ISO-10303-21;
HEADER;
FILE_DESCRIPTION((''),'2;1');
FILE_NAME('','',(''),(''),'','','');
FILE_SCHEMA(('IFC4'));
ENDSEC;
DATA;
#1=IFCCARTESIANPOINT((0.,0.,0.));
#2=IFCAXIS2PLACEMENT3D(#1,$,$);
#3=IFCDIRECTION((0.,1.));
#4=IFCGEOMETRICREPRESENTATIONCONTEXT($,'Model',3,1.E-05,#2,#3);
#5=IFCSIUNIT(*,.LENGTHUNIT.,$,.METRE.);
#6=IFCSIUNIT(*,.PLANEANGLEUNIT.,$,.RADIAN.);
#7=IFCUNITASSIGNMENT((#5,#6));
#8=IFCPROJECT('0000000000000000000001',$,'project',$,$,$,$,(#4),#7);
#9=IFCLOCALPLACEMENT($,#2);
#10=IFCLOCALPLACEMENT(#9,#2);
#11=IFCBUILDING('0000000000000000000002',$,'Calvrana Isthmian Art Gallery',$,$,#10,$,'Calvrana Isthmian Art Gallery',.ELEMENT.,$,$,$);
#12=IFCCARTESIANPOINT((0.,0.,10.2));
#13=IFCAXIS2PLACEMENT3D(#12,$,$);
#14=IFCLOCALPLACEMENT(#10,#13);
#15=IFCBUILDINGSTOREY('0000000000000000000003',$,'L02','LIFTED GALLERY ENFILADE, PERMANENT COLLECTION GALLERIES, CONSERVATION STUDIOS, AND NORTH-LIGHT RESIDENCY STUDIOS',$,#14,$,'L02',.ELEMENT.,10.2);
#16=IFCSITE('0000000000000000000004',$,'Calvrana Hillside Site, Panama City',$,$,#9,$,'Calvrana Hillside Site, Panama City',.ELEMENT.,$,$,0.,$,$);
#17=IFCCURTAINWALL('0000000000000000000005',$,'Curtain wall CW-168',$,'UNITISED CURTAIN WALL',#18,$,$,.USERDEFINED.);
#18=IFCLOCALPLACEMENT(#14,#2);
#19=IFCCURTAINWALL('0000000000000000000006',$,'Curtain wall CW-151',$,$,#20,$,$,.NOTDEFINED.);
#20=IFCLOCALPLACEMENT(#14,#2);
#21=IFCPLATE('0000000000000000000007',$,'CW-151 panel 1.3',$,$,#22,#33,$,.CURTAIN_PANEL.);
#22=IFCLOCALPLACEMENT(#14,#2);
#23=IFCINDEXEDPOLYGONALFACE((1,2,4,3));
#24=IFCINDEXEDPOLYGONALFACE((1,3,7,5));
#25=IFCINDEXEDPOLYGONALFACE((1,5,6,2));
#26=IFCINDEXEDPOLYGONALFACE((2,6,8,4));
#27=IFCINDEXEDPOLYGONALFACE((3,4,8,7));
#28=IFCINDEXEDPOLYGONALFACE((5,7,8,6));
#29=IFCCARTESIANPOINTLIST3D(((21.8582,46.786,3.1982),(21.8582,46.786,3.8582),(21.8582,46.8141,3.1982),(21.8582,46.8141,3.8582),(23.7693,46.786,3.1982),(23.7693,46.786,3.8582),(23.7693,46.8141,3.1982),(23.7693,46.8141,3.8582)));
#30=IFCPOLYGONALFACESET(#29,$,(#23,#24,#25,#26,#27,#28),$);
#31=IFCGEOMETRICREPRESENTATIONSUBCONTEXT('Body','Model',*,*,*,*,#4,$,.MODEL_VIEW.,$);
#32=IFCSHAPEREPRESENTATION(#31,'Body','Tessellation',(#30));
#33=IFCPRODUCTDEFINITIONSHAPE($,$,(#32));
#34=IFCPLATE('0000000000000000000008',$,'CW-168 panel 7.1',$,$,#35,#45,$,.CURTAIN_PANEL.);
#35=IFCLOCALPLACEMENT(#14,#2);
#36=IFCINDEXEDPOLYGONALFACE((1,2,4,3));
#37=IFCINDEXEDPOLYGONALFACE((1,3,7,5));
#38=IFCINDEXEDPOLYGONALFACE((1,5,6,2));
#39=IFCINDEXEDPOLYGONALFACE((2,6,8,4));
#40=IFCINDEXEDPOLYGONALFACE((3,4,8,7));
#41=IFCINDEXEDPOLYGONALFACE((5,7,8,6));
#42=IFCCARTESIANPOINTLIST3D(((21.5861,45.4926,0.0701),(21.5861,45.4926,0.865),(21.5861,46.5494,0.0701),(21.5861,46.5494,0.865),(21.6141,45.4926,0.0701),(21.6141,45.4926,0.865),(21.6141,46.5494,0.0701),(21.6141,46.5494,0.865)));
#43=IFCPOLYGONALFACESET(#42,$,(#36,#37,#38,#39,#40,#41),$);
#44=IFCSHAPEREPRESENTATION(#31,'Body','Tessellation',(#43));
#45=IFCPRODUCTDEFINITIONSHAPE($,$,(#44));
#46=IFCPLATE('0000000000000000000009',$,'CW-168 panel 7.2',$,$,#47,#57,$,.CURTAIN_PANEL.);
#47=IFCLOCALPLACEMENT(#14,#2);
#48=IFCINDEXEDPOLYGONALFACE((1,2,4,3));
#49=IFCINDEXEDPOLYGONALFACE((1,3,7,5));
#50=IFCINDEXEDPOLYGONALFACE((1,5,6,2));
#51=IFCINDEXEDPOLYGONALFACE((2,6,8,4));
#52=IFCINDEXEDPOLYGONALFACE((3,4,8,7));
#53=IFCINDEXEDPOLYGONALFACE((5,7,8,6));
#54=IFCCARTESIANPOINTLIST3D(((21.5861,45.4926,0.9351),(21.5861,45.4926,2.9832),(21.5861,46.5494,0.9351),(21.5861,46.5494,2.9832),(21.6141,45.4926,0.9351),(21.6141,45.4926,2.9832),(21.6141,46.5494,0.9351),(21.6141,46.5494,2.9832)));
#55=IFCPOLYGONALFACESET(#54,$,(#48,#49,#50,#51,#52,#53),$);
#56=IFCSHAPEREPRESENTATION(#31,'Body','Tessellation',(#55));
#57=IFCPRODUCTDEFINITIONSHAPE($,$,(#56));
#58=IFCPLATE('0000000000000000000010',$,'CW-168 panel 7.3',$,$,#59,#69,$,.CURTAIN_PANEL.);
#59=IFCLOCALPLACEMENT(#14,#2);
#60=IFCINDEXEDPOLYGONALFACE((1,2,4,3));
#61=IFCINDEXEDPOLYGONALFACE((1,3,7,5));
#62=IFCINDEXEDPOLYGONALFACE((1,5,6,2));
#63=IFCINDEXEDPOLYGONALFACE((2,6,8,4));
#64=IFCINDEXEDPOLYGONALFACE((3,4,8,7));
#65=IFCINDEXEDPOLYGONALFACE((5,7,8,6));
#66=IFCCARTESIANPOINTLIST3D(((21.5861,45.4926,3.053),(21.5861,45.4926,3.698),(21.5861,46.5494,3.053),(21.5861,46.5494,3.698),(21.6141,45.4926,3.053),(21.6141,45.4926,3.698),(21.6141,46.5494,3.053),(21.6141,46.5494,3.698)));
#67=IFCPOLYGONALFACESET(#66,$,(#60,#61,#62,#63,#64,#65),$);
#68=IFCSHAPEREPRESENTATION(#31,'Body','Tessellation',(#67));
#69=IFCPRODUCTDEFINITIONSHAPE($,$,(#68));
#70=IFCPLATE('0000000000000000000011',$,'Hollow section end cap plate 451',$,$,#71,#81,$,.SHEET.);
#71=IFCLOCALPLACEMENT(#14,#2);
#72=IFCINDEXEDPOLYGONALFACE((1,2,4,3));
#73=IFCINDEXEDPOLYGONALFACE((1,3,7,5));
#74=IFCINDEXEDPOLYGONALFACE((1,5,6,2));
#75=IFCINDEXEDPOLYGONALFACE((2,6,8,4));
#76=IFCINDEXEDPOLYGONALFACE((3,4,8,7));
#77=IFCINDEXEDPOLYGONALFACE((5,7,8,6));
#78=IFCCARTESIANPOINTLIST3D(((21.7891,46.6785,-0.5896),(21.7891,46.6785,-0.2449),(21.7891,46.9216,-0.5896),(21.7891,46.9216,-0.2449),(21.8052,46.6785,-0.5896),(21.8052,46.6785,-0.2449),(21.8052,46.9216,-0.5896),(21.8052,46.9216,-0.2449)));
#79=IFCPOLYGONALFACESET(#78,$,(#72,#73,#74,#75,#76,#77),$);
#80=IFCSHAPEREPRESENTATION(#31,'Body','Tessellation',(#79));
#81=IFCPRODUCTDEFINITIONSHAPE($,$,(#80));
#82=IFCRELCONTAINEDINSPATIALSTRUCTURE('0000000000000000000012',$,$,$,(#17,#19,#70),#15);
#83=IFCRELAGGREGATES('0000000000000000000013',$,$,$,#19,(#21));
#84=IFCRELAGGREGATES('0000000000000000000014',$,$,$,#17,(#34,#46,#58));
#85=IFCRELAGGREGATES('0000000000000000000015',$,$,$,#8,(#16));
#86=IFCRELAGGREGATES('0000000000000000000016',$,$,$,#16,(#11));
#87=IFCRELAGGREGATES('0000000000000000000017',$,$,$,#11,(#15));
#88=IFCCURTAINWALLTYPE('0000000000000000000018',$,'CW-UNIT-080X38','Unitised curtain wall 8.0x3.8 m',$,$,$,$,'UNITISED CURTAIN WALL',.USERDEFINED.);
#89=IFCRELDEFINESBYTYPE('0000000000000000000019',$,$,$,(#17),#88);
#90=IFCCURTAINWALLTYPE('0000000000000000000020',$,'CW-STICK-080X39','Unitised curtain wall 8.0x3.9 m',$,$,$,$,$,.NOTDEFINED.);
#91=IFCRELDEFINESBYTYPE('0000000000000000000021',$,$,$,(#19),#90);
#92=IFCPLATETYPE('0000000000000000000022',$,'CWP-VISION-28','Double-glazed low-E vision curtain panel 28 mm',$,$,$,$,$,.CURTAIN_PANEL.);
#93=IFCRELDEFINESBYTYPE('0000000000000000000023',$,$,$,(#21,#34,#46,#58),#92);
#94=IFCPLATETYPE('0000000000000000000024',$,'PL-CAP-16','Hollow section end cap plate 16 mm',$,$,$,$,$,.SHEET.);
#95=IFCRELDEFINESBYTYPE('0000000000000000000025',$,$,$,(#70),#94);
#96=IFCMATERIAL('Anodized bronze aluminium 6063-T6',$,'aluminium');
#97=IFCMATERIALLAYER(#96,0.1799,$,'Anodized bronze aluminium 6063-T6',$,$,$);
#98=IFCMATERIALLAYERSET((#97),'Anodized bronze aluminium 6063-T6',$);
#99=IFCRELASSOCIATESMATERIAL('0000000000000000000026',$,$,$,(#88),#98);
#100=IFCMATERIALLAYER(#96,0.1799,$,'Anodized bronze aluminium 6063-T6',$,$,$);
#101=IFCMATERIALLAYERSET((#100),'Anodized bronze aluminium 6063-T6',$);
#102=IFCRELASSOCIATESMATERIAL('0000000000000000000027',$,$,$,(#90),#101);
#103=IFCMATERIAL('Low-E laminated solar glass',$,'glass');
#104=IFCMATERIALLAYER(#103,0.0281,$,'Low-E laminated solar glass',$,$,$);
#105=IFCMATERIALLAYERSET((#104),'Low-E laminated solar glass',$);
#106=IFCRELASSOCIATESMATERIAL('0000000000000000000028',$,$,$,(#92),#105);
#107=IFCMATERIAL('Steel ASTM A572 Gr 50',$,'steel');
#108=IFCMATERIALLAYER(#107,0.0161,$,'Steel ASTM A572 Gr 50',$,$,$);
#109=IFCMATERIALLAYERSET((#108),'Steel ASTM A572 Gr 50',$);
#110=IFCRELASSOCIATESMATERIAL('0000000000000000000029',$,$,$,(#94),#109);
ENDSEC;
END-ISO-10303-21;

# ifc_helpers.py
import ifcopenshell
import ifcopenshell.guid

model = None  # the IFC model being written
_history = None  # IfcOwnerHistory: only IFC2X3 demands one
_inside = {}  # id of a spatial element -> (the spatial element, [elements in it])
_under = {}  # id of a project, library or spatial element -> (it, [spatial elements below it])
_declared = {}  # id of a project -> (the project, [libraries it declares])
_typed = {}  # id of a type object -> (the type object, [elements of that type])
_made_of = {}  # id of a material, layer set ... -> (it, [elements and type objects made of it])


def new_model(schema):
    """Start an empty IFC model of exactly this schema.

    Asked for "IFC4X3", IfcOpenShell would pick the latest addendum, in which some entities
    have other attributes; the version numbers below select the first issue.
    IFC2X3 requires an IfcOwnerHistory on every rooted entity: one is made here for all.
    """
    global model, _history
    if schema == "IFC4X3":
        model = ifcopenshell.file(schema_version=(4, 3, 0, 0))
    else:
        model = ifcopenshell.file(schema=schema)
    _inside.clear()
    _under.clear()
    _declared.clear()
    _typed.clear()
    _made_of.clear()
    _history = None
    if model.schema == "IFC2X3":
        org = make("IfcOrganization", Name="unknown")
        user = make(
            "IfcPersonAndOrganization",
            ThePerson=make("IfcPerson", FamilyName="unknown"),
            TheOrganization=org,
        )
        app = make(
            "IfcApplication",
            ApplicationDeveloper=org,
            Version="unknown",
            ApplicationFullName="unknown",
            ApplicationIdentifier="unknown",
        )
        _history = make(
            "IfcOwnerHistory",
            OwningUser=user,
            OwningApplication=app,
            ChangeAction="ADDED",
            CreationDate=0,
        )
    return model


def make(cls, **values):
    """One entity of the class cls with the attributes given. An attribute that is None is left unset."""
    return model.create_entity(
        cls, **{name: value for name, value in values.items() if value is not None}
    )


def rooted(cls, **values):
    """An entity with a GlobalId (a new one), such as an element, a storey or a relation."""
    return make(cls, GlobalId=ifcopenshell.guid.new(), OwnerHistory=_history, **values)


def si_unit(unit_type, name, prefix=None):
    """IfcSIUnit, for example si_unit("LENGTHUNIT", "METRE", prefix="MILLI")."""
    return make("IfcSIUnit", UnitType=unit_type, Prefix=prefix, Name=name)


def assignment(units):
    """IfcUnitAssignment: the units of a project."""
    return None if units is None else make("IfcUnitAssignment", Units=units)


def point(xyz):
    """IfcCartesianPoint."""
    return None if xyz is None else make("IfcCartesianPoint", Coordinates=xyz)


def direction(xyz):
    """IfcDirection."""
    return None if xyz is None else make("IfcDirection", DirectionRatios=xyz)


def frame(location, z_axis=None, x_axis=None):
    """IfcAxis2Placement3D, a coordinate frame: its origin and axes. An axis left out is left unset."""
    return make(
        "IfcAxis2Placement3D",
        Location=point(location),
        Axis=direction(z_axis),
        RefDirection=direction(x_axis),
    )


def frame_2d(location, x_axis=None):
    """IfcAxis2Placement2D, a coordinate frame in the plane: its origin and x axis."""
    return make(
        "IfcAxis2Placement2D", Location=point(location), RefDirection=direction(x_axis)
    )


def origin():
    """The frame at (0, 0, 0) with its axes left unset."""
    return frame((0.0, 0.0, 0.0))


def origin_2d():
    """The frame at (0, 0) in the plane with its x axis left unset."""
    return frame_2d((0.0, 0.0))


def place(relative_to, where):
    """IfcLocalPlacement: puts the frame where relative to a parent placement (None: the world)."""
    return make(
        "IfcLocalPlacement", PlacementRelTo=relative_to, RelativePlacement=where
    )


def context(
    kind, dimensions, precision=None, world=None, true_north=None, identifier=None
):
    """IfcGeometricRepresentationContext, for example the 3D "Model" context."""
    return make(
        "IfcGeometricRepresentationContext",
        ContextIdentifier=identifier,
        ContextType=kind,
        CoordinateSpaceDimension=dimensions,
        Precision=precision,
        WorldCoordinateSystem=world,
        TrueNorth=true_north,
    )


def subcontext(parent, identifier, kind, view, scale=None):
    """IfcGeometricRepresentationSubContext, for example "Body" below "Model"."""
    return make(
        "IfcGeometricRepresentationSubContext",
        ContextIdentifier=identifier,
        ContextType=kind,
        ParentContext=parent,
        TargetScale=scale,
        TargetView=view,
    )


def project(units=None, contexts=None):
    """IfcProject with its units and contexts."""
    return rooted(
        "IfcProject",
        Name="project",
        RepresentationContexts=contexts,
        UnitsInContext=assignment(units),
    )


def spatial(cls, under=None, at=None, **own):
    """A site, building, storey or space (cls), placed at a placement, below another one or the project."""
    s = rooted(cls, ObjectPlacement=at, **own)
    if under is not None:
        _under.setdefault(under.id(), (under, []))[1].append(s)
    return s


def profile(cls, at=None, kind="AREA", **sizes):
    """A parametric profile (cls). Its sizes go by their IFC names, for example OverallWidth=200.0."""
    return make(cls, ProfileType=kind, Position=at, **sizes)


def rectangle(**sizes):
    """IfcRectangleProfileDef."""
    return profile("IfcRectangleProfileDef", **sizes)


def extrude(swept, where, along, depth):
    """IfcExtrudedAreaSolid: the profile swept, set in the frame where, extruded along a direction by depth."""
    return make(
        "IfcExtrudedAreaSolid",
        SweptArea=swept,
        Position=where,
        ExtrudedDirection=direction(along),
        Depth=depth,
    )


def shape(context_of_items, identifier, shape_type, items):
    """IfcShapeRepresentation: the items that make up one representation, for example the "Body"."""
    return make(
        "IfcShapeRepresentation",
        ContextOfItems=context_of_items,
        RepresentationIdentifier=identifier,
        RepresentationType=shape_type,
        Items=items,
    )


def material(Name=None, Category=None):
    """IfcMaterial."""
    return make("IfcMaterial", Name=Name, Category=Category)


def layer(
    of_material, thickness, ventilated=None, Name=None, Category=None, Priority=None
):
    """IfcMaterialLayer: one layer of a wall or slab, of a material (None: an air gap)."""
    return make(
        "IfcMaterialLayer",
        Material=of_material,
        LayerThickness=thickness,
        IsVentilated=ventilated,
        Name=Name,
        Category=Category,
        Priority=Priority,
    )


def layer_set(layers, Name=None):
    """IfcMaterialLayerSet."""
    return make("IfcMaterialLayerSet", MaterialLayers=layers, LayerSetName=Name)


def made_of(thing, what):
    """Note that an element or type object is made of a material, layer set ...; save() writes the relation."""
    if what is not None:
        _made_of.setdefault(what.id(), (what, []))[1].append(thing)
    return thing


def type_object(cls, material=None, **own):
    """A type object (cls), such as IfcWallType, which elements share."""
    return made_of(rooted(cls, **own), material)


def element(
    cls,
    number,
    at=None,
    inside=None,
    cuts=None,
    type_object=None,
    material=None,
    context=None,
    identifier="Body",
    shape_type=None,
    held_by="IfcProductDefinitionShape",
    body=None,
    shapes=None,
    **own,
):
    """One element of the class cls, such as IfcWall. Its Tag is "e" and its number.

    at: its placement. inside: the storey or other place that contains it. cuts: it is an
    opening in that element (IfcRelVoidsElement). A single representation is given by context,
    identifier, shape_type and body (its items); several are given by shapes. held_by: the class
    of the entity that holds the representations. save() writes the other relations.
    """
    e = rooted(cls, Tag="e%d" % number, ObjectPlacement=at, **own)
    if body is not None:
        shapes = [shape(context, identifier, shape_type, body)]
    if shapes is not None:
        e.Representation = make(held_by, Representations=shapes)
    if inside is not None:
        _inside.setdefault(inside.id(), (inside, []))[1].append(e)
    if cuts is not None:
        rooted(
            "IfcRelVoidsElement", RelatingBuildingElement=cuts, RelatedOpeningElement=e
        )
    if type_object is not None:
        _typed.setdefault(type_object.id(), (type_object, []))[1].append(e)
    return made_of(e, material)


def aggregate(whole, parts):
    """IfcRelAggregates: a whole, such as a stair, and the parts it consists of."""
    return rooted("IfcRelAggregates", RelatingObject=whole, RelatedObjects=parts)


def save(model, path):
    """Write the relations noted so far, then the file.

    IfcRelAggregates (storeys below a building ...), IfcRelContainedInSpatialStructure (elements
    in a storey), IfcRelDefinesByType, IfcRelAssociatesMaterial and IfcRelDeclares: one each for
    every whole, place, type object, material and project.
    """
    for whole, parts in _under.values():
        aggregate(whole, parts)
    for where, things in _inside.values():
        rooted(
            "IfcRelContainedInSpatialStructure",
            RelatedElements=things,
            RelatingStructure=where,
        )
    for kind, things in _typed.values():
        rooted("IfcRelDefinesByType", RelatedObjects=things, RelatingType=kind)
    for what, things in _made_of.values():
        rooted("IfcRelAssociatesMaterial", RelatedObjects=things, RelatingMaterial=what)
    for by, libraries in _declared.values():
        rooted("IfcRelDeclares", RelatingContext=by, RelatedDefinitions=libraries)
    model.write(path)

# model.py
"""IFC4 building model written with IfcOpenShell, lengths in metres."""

from ifc_helpers import new_model, si_unit, direction, frame, origin, origin_2d, place, context, subcontext, project, spatial, rectangle, extrude, material, layer, layer_set, type_object, element, aggregate, save


model = new_model("IFC4")

# Units and contexts
model_context = context("Model", 3, precision=1e-05, world=origin(), true_north=direction((0.0, 1.0)))
body_context = subcontext(model_context, "Body", "Model", "MODEL_VIEW")
ifc_project = project(units=[si_unit("LENGTHUNIT", "METRE"), si_unit("PLANEANGLEUNIT", "RADIAN")], contexts=[model_context])

# Site, building, storey
site_placement = place(None, origin())
site = spatial("IfcSite", under=ifc_project, at=site_placement, Name="Calvrana Hillside Site, Panama City", LongName="Calvrana Hillside Site, Panama City", CompositionType="ELEMENT", RefElevation=0.0)
building_placement = place(site_placement, origin())
building = spatial("IfcBuilding", under=site, at=building_placement, Name="Calvrana Isthmian Art Gallery", LongName="Calvrana Isthmian Art Gallery", CompositionType="ELEMENT")
storey_placement = place(building_placement, frame((0.0, 0.0, 10.2)))
storey = spatial("IfcBuildingStorey", under=building, at=storey_placement, Name="L02", Description="LIFTED GALLERY ENFILADE, PERMANENT COLLECTION GALLERIES, CONSERVATION STUDIOS, AND NORTH-LIGHT RESIDENCY STUDIOS", LongName="L02", CompositionType="ELEMENT", Elevation=10.2)

# Curtain walls
ifc_material_1 = material(Name="Anodized bronze aluminium 6063-T6", Category="aluminium")
ifc_layer_1 = layer(ifc_material_1, 0.1799, Name="Anodized bronze aluminium 6063-T6")
ifc_layer_set_1 = layer_set([ifc_layer_1], Name="Anodized bronze aluminium 6063-T6")
curtain_wall_type_1 = type_object("IfcCurtainWallType", Name="CW-UNIT-080X38", Description="Unitised curtain wall 8.0x3.8 m", ElementType="UNITISED CURTAIN WALL", PredefinedType="USERDEFINED", material=ifc_layer_set_1)
curtain_wall_1_placement = place(storey_placement, origin())
curtain_wall_1 = element("IfcCurtainWall", 1, at=curtain_wall_1_placement, inside=storey, type_object=curtain_wall_type_1, Name="Curtain wall CW-168", ObjectType="UNITISED CURTAIN WALL", PredefinedType="USERDEFINED")
ifc_layer_2 = layer(ifc_material_1, 0.1799, Name="Anodized bronze aluminium 6063-T6")
ifc_layer_set_2 = layer_set([ifc_layer_2], Name="Anodized bronze aluminium 6063-T6")
curtain_wall_type_2 = type_object("IfcCurtainWallType", Name="CW-STICK-080X39", Description="Unitised curtain wall 8.0x3.9 m", PredefinedType="NOTDEFINED", material=ifc_layer_set_2)
curtain_wall_2_placement = place(storey_placement, origin())
curtain_wall_2 = element("IfcCurtainWall", 2, at=curtain_wall_2_placement, inside=storey, type_object=curtain_wall_type_2, Name="Curtain wall CW-151", PredefinedType="NOTDEFINED")

# Plates
ifc_material_2 = material(Name="Low-E laminated solar glass", Category="glass")
ifc_layer_3 = layer(ifc_material_2, 0.0281, Name="Low-E laminated solar glass")
ifc_layer_set_3 = layer_set([ifc_layer_3], Name="Low-E laminated solar glass")
plate_type_1 = type_object("IfcPlateType", Name="CWP-VISION-28", Description="Double-glazed low-E vision curtain panel 28 mm", PredefinedType="CURTAIN_PANEL", material=ifc_layer_set_3)
plate_1_placement = place(storey_placement, frame((22.8137, 46.8, 3.1982), z_axis=(0.0, 0.0, 1.0), x_axis=(1.0, 0.0, 0.0)))
plate_1 = element("IfcPlate", 3, at=plate_1_placement, type_object=plate_type_1, Name="CW-151 panel 1.3", PredefinedType="CURTAIN_PANEL", context=body_context, shape_type="SweptSolid", body=[
    extrude(rectangle(XDim=1.9111, YDim=0.0281, at=origin_2d()), origin(), (0.0, 0.0, 1.0), 0.6599),
])
aggregate(curtain_wall_2, [plate_1])
plate_2_placement = place(storey_placement, frame((21.6001, 46.021, 0.0701), z_axis=(0.0, 0.0, 1.0), x_axis=(0.0, 1.0, 0.0)))
plate_2 = element("IfcPlate", 4, at=plate_2_placement, type_object=plate_type_1, Name="CW-168 panel 7.1", PredefinedType="CURTAIN_PANEL", context=body_context, shape_type="SweptSolid", body=[
    extrude(rectangle(XDim=1.0569, YDim=0.0281, at=origin_2d()), origin(), (0.0, 0.0, 1.0), 0.7949),
])
plate_3_placement = place(storey_placement, frame((21.6001, 46.021, 0.9351), z_axis=(0.0, 0.0, 1.0), x_axis=(0.0, 1.0, 0.0)))
plate_3 = element("IfcPlate", 5, at=plate_3_placement, type_object=plate_type_1, Name="CW-168 panel 7.2", PredefinedType="CURTAIN_PANEL", context=body_context, shape_type="SweptSolid", body=[
    extrude(rectangle(XDim=1.0569, YDim=0.0281, at=origin_2d()), origin(), (0.0, 0.0, 1.0), 2.0481),
])
plate_4_placement = place(storey_placement, frame((21.6001, 46.021, 3.053), z_axis=(0.0, 0.0, 1.0), x_axis=(0.0, 1.0, 0.0)))
plate_4 = element("IfcPlate", 6, at=plate_4_placement, type_object=plate_type_1, Name="CW-168 panel 7.3", PredefinedType="CURTAIN_PANEL", context=body_context, shape_type="SweptSolid", body=[
    extrude(rectangle(XDim=1.0569, YDim=0.0281, at=origin_2d()), origin(), (0.0, 0.0, 1.0), 0.645),
])
aggregate(curtain_wall_1, [plate_2, plate_3, plate_4])
ifc_material_3 = material(Name="Steel ASTM A572 Gr 50", Category="steel")
ifc_layer_4 = layer(ifc_material_3, 0.0161, Name="Steel ASTM A572 Gr 50")
ifc_layer_set_4 = layer_set([ifc_layer_4], Name="Steel ASTM A572 Gr 50")
plate_type_2 = type_object("IfcPlateType", Name="PL-CAP-16", Description="Hollow section end cap plate 16 mm", PredefinedType="SHEET", material=ifc_layer_set_4)
plate_5_placement = place(storey_placement, frame((21.7971, 46.8, -0.5896), z_axis=(0.0, 0.0, 1.0), x_axis=(1.0, 0.0, 0.0)))
element("IfcPlate", 7, at=plate_5_placement, inside=storey, type_object=plate_type_2, Name="Hollow section end cap plate 451", PredefinedType="SHEET", context=body_context, shape_type="SweptSolid", body=[
    extrude(rectangle(XDim=0.0161, YDim=0.2432, at=origin_2d()), origin(), (0.0, 0.0, 1.0), 0.3447),
])

save(model, "model.ifc")
